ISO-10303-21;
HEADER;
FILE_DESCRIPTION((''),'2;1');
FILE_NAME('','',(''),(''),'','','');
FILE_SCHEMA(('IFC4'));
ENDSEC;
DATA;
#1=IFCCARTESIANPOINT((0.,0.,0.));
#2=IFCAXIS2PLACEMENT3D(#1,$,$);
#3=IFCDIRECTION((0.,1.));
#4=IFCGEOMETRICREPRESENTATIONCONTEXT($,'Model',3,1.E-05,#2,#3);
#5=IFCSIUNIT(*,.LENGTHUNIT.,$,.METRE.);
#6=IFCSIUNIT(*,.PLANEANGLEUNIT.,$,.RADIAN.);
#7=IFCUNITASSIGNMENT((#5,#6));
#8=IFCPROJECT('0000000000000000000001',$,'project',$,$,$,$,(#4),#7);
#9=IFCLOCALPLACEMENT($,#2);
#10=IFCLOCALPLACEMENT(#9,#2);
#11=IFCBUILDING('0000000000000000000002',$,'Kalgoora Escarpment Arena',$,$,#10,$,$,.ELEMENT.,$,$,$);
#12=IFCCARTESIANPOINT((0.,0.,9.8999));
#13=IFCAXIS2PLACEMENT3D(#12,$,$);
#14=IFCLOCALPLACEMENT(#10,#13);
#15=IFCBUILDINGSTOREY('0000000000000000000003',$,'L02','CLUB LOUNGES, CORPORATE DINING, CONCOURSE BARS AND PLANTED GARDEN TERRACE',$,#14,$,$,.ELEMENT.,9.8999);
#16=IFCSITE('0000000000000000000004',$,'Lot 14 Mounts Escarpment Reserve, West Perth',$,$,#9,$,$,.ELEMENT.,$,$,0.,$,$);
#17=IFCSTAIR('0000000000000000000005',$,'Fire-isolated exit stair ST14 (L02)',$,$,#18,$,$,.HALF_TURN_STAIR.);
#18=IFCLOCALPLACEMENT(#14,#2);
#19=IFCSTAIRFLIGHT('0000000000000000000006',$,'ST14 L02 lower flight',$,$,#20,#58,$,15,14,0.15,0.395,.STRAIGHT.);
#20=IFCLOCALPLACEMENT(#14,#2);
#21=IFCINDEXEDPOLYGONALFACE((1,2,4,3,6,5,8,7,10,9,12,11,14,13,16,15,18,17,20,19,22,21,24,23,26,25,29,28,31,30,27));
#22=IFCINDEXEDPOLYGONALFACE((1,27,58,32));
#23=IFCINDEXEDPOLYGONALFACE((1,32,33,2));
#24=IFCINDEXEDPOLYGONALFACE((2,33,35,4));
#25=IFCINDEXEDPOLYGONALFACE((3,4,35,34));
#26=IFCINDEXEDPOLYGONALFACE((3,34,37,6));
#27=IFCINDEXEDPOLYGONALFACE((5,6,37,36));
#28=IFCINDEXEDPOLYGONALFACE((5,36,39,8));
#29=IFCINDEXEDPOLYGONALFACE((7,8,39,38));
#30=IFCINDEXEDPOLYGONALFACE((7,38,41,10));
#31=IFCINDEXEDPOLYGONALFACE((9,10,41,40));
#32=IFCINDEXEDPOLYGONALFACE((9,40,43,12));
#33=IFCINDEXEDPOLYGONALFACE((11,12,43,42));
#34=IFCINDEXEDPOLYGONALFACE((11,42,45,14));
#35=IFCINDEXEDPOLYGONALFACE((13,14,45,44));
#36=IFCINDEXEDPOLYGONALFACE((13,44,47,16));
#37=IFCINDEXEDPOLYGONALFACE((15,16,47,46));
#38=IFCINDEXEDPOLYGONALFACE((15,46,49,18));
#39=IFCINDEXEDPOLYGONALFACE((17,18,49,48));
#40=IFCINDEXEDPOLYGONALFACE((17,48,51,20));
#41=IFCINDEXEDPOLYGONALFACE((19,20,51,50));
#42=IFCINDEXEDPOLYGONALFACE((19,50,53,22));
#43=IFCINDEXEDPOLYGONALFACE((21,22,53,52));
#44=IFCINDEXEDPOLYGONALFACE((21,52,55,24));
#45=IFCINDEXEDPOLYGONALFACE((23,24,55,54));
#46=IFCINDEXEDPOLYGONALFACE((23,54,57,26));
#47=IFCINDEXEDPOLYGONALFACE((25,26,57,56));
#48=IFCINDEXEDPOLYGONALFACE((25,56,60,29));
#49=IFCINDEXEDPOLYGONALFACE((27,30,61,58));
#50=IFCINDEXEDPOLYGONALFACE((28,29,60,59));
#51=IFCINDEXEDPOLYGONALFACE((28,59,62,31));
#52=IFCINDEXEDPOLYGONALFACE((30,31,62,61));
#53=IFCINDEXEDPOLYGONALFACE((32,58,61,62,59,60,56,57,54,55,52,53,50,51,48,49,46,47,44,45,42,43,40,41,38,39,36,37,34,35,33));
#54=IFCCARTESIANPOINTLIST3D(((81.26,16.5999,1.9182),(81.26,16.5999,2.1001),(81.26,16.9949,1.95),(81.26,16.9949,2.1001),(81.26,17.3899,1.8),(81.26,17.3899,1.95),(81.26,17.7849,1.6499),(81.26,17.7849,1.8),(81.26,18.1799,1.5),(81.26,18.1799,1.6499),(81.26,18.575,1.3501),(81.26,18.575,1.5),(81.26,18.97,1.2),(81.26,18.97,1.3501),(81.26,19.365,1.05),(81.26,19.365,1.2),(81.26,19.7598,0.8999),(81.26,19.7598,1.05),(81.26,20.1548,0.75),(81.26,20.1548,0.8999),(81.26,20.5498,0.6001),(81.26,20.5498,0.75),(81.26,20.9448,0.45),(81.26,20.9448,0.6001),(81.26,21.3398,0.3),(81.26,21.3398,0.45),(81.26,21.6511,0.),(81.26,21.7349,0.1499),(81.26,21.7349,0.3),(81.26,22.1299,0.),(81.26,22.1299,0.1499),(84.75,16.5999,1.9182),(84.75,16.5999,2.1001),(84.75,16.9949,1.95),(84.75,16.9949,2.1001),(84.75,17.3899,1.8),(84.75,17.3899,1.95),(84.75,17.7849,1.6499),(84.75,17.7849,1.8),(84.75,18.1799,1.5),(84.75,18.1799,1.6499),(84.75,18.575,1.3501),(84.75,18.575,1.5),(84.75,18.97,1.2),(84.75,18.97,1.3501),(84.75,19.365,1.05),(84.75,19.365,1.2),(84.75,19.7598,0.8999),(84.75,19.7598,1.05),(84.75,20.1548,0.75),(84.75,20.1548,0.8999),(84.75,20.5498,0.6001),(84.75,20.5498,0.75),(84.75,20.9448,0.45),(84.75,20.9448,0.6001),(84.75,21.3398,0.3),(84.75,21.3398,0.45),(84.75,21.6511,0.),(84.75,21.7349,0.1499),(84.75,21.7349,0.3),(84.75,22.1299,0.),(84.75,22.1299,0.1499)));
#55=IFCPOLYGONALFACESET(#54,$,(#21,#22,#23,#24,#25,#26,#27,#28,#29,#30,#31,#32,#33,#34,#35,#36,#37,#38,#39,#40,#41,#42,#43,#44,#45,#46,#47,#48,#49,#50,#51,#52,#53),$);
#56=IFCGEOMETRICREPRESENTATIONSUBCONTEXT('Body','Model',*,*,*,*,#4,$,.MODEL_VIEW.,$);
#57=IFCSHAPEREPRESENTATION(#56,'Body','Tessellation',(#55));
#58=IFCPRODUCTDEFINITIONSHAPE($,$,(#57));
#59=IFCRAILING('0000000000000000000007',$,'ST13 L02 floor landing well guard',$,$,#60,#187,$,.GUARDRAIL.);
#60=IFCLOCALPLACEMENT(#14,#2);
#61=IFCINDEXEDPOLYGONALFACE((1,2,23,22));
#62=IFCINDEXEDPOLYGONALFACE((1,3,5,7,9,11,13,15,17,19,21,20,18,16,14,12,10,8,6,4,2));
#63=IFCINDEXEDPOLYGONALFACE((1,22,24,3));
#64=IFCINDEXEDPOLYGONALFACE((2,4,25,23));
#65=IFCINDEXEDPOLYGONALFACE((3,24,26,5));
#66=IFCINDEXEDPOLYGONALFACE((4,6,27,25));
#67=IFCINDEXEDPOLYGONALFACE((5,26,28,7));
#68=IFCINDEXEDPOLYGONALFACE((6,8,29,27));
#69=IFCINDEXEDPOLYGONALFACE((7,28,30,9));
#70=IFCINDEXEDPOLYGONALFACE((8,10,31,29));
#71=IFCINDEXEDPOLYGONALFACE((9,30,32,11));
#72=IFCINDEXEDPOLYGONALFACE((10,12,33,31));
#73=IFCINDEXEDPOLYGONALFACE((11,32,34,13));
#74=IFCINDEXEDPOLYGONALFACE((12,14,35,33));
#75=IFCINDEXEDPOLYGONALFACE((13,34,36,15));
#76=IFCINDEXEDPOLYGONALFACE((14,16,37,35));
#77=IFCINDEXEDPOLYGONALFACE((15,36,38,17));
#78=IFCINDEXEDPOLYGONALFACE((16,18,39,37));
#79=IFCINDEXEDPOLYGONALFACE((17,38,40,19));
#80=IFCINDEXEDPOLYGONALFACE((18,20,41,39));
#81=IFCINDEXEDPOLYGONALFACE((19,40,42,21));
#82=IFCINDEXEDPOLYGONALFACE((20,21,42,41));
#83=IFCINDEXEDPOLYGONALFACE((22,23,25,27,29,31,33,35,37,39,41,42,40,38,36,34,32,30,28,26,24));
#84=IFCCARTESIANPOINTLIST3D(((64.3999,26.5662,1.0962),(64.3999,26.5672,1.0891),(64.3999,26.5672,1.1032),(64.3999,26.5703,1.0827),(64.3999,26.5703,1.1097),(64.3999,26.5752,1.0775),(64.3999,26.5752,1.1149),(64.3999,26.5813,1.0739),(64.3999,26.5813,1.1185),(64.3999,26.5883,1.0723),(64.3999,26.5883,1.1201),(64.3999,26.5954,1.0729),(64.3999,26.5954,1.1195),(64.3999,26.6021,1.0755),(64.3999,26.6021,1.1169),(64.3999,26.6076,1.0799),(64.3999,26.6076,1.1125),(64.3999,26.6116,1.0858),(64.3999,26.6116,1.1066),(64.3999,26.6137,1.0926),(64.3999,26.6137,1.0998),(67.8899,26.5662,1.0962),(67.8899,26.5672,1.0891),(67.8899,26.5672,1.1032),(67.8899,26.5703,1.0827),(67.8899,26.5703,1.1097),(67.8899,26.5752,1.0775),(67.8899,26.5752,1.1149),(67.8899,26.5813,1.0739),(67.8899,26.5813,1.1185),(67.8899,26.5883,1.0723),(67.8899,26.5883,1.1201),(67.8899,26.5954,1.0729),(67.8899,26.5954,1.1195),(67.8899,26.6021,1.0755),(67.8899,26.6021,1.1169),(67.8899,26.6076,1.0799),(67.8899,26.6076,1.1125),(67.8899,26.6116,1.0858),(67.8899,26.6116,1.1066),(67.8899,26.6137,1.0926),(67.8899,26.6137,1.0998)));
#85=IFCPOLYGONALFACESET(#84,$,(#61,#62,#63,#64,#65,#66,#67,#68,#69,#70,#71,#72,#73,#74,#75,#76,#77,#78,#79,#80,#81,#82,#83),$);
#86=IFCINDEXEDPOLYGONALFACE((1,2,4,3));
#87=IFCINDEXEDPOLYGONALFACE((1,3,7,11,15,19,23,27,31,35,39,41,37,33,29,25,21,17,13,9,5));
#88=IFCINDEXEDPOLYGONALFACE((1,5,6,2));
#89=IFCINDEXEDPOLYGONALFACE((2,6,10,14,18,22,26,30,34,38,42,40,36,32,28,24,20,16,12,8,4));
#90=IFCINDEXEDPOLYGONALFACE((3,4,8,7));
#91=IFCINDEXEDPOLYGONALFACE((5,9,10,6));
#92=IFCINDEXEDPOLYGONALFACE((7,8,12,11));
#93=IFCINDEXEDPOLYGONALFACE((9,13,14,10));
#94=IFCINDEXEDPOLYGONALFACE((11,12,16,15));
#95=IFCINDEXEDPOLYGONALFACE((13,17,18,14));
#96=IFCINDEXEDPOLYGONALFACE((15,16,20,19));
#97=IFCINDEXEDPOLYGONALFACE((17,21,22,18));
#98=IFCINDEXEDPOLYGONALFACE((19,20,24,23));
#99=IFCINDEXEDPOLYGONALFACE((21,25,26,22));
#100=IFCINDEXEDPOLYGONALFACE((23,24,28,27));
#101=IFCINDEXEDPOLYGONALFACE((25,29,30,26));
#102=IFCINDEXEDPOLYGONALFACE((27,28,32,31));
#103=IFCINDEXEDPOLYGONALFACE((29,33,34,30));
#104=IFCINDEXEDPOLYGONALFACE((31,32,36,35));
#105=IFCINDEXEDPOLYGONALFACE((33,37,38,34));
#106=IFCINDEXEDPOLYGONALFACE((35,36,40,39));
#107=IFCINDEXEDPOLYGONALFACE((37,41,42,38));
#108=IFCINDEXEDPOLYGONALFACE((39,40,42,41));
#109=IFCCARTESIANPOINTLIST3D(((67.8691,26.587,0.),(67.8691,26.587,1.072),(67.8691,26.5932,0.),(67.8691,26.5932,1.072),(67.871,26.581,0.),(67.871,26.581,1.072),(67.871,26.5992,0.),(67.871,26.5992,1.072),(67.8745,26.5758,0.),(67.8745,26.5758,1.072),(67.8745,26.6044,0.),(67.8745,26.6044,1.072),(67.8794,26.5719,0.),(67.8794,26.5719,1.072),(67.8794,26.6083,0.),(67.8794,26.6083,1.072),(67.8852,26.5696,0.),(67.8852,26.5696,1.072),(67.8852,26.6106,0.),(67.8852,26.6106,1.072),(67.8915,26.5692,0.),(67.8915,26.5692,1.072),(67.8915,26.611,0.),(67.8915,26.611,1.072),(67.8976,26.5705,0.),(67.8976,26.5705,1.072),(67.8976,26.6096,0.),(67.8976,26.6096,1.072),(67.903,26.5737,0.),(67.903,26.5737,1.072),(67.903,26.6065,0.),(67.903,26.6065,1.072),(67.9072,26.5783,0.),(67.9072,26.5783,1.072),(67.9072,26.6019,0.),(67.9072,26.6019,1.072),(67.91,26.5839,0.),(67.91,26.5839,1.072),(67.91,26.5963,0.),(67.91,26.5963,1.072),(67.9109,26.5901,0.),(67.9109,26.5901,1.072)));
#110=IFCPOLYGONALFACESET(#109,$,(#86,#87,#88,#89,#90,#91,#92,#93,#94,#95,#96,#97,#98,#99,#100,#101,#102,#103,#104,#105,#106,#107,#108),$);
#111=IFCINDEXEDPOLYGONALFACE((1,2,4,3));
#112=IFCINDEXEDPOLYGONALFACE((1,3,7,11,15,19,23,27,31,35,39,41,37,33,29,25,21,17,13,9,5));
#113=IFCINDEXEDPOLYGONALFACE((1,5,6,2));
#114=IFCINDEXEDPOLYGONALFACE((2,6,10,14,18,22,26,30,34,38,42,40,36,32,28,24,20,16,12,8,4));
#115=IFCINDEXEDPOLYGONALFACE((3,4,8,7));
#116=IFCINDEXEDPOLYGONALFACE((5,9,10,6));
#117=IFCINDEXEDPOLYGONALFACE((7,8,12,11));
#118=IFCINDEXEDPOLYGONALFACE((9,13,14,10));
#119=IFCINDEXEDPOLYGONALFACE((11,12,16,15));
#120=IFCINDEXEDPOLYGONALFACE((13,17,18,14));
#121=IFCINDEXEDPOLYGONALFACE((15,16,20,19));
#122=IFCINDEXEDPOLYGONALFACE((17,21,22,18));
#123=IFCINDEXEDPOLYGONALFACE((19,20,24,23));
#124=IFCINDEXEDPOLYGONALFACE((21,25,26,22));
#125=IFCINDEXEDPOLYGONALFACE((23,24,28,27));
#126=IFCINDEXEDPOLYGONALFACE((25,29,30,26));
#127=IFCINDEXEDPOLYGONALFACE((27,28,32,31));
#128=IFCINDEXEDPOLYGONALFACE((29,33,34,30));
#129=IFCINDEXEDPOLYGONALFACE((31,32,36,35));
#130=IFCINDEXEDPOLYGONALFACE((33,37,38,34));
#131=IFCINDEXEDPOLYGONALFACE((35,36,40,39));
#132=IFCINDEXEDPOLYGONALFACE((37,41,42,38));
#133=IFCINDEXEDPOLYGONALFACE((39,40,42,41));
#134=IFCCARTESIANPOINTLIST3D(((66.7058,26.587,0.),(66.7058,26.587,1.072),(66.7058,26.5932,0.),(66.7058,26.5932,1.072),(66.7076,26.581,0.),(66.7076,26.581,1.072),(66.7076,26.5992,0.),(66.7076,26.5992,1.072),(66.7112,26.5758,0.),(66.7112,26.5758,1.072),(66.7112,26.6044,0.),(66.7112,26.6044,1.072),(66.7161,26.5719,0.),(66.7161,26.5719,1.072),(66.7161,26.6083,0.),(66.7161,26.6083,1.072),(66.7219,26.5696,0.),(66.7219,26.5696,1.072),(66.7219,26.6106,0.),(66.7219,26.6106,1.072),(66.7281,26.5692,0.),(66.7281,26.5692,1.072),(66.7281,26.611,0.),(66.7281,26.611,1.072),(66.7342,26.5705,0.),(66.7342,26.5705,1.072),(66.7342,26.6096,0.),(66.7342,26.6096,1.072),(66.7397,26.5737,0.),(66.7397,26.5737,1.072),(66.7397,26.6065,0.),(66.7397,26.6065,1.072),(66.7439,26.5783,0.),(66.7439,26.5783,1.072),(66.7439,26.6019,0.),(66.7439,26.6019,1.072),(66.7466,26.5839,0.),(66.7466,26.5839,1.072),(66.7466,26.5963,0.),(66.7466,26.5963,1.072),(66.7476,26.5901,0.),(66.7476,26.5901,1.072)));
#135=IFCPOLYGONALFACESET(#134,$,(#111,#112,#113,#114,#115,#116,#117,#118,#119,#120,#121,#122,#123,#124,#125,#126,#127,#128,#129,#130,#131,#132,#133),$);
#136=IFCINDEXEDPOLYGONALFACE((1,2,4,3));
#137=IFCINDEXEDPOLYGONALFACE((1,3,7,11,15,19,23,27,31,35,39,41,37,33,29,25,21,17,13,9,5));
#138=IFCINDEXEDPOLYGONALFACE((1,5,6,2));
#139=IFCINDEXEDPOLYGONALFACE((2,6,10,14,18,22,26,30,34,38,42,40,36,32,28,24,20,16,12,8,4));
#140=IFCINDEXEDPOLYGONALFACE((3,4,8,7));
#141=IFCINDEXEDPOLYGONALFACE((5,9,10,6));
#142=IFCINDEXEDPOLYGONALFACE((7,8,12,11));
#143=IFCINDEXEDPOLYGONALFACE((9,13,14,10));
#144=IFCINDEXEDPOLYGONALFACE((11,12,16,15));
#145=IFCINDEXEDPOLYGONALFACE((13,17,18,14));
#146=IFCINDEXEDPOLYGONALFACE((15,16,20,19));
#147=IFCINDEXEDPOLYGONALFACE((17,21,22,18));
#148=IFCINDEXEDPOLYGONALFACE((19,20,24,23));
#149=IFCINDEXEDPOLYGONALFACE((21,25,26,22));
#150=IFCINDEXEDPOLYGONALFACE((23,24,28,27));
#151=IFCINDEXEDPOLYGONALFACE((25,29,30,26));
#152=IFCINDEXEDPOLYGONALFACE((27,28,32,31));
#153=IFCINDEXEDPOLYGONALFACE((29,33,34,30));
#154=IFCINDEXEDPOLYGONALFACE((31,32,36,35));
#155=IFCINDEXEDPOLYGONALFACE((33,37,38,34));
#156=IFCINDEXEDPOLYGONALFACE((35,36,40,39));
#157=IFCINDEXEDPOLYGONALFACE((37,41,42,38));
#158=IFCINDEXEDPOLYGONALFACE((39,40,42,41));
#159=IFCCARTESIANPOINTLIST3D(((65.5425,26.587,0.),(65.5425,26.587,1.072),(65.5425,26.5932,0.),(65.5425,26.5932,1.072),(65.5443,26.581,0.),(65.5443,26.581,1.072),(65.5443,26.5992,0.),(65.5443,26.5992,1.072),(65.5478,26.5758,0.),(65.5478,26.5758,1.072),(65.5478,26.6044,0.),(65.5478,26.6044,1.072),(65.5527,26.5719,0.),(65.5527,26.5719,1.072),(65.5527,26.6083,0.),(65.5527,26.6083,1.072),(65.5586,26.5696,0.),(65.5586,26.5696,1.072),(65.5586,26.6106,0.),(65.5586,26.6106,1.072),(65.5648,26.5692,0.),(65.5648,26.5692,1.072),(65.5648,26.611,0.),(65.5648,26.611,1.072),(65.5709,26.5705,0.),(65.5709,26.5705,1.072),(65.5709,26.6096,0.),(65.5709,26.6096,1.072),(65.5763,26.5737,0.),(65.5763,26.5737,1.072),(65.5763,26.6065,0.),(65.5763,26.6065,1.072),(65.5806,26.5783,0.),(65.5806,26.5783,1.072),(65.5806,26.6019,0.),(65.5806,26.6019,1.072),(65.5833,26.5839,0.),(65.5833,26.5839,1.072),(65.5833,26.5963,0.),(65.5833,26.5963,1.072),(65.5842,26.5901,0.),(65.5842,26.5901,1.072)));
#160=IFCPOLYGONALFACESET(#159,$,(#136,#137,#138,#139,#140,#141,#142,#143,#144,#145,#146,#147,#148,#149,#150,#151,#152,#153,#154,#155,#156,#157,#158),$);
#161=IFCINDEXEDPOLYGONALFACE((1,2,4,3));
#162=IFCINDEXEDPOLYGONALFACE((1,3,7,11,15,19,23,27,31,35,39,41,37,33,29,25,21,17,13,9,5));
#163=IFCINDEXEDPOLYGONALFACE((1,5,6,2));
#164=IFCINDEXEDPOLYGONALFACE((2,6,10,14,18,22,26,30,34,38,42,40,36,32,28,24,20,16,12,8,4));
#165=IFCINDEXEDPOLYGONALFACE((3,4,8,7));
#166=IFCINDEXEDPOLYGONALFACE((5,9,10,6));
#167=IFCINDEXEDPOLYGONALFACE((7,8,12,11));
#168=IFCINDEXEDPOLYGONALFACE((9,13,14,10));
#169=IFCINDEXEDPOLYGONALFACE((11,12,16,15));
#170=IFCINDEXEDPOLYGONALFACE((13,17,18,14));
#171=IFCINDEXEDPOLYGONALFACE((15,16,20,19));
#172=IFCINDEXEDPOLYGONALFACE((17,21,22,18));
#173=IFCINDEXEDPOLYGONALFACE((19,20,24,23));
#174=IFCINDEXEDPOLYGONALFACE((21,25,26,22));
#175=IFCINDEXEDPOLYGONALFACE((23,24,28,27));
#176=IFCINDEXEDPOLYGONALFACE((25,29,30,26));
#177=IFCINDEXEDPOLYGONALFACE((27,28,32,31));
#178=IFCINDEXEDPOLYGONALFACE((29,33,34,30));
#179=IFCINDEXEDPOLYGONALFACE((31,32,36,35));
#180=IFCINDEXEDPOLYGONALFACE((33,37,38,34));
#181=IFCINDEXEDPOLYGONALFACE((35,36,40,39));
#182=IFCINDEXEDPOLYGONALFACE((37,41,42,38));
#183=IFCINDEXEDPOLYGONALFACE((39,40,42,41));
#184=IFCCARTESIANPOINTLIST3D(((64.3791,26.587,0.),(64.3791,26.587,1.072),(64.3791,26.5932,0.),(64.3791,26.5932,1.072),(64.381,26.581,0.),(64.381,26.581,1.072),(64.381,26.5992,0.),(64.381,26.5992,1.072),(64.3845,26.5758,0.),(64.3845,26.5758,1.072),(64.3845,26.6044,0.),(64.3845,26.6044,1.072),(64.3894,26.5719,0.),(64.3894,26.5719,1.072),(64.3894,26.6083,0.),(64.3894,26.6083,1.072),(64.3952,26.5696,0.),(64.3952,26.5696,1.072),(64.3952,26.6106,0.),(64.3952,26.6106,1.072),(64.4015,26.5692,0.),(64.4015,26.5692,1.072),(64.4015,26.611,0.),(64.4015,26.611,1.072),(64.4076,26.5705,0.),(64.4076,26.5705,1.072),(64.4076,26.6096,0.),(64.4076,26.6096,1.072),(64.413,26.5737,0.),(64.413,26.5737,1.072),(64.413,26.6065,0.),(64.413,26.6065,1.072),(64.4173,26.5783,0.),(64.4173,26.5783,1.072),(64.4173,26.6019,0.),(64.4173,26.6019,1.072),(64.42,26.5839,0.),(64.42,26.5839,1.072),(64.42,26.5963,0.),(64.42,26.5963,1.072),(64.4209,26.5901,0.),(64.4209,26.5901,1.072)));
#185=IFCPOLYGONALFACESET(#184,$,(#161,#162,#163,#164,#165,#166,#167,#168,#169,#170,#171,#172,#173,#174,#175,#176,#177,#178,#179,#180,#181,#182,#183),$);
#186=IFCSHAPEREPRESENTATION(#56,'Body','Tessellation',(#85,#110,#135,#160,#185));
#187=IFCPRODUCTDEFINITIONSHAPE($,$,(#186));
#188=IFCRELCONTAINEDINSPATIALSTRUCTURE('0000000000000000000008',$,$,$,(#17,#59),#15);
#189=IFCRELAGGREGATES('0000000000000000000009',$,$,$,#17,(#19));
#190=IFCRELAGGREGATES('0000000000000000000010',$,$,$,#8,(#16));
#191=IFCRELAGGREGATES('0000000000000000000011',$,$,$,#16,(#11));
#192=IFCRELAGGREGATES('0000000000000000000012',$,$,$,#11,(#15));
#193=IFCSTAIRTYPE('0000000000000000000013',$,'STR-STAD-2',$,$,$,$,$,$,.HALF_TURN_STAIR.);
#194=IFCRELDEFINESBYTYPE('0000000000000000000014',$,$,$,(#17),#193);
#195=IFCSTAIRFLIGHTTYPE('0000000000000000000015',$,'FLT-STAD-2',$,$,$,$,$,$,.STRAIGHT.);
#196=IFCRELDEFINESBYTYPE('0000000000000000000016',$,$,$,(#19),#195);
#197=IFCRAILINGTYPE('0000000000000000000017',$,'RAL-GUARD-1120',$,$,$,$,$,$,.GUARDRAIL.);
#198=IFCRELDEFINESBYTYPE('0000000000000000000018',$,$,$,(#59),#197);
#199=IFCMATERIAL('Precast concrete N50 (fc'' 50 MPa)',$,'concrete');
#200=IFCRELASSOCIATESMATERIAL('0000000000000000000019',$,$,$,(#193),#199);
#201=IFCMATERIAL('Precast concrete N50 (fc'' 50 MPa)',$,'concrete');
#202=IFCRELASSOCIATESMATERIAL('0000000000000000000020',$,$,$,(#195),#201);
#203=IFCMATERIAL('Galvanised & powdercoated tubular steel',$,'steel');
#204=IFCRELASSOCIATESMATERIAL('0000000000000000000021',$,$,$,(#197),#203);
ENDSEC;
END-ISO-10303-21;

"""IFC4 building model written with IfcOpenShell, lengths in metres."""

from ifc_helpers import new_model, si_unit, direction, frame, origin, origin_2d, place, context, subcontext, project, spatial, polyline, circle, outline, extrude, material, type_object, element, aggregate, save


model = new_model("IFC4")

# Units and contexts
model_context = context("Model", 3, precision=1e-05, world=origin(), true_north=direction((0.0, 1.0)))
body_context = subcontext(model_context, "Body", "Model", "MODEL_VIEW")
ifc_project = project(units=[si_unit("LENGTHUNIT", "METRE"), si_unit("PLANEANGLEUNIT", "RADIAN")], contexts=[model_context])

# Site, building, storey
site_placement = place(None, origin())
site = spatial("IfcSite", under=ifc_project, at=site_placement, Name="Lot 14 Mounts Escarpment Reserve, West Perth", CompositionType="ELEMENT", RefElevation=0.0)
building_placement = place(site_placement, origin())
building = spatial("IfcBuilding", under=site, at=building_placement, Name="Kalgoora Escarpment Arena", CompositionType="ELEMENT")
storey_placement = place(building_placement, frame((0.0, 0.0, 9.8999)))
storey = spatial("IfcBuildingStorey", under=building, at=storey_placement, Name="L02", Description="CLUB LOUNGES, CORPORATE DINING, CONCOURSE BARS AND PLANTED GARDEN TERRACE", CompositionType="ELEMENT", Elevation=9.8999)

# Stair, stair flight
ifc_material_1 = material(Name="Precast concrete N50 (fc' 50 MPa)", Category="concrete")
stair_type = type_object("IfcStairType", Name="STR-STAD-2", PredefinedType="HALF_TURN_STAIR", material=ifc_material_1)
stair_placement = place(storey_placement, origin())
stair = element("IfcStair", 1, at=stair_placement, inside=storey, type_object=stair_type, Name="Fire-isolated exit stair ST14 (L02)", PredefinedType="HALF_TURN_STAIR")
ifc_material_2 = material(Name="Precast concrete N50 (fc' 50 MPa)", Category="concrete")
stair_flight_type = type_object("IfcStairFlightType", Name="FLT-STAD-2", PredefinedType="STRAIGHT", material=ifc_material_2)
stair_flight_placement = place(storey_placement, frame((83.0049, 22.1299, 0.0), z_axis=(0.0, 0.0, 1.0), x_axis=(0.0, -1.0, 0.0)))
stair_flight = element("IfcStairFlight", 2, at=stair_flight_placement, type_object=stair_flight_type, Name="ST14 L02 lower flight", NumberOfRisers=15, NumberOfTreads=14, PredefinedType="STRAIGHT", RiserHeight=0.15, TreadLength=0.395, context=body_context, shape_type="SweptSolid", body=[
    extrude(outline(polyline([(0.0, 0.0), (0.0, 0.1499), (0.395, 0.1499), (0.395, 0.3), (0.79, 0.3), (0.79, 0.45), (1.1851, 0.45), (1.1851, 0.6001), (1.5801, 0.6001), (1.5801, 0.75), (1.9751, 0.75), (1.9751, 0.8999), (2.3701, 0.8999), (2.3701, 1.05), (2.7649, 1.05), (2.7649, 1.2), (3.1599, 1.2), (3.1599, 1.3501), (3.5549, 1.3501), (3.5549, 1.5), (3.95, 1.5), (3.95, 1.6499), (4.345, 1.6499), (4.345, 1.8), (4.74, 1.8), (4.74, 1.95), (5.135, 1.95), (5.135, 2.1001), (5.53, 2.1001), (5.53, 2.25), (5.53, 1.9182), (0.4788, 0.0), (0.0, 0.0)])), frame((0.0, 1.7451, 0.0), z_axis=(0.0, -1.0, 0.0), x_axis=(1.0, 0.0, 0.0)), (0.0, 0.0, 1.0), 3.49),
])
aggregate(stair, [stair_flight])

# Railing
ifc_material_3 = material(Name="Galvanised & powdercoated tubular steel", Category="steel")
railing_type_1 = type_object("IfcRailingType", Name="RAL-GUARD-1120", PredefinedType="GUARDRAIL", material=ifc_material_3)
for number, where, name in (
    (3, (67.8899, 26.5901, 0.0), "ST13 L02 floor landing well guard"),
):
    element("IfcRailing", number, at=place(storey_placement, frame(where)), inside=storey, type_object=railing_type_1, Name=name, PredefinedType="GUARDRAIL", context=body_context, shape_type="SweptSolid", body=[
        extrude(circle(Radius=0.0239, at=origin_2d()), frame((0.0, 0.0, 1.0962), z_axis=(-1.0, 0.0, 0.0), x_axis=(0.0, -1.0, 0.0)), (0.0, 0.0, 1.0), 3.49),
        extrude(circle(Radius=0.021, at=origin_2d()), origin(), (0.0, 0.0, 1.0), 1.072),
        extrude(circle(Radius=0.021, at=origin_2d()), frame((-1.1633, 0.0, 0.0)), (0.0, 0.0, 1.0), 1.072),
        extrude(circle(Radius=0.021, at=origin_2d()), frame((-2.3267, 0.0, 0.0)), (0.0, 0.0, 1.0), 1.072),
        extrude(circle(Radius=0.021, at=origin_2d()), frame((-3.49, 0.0, 0.0)), (0.0, 0.0, 1.0), 1.072),
    ])

save(model, "model.ifc")
